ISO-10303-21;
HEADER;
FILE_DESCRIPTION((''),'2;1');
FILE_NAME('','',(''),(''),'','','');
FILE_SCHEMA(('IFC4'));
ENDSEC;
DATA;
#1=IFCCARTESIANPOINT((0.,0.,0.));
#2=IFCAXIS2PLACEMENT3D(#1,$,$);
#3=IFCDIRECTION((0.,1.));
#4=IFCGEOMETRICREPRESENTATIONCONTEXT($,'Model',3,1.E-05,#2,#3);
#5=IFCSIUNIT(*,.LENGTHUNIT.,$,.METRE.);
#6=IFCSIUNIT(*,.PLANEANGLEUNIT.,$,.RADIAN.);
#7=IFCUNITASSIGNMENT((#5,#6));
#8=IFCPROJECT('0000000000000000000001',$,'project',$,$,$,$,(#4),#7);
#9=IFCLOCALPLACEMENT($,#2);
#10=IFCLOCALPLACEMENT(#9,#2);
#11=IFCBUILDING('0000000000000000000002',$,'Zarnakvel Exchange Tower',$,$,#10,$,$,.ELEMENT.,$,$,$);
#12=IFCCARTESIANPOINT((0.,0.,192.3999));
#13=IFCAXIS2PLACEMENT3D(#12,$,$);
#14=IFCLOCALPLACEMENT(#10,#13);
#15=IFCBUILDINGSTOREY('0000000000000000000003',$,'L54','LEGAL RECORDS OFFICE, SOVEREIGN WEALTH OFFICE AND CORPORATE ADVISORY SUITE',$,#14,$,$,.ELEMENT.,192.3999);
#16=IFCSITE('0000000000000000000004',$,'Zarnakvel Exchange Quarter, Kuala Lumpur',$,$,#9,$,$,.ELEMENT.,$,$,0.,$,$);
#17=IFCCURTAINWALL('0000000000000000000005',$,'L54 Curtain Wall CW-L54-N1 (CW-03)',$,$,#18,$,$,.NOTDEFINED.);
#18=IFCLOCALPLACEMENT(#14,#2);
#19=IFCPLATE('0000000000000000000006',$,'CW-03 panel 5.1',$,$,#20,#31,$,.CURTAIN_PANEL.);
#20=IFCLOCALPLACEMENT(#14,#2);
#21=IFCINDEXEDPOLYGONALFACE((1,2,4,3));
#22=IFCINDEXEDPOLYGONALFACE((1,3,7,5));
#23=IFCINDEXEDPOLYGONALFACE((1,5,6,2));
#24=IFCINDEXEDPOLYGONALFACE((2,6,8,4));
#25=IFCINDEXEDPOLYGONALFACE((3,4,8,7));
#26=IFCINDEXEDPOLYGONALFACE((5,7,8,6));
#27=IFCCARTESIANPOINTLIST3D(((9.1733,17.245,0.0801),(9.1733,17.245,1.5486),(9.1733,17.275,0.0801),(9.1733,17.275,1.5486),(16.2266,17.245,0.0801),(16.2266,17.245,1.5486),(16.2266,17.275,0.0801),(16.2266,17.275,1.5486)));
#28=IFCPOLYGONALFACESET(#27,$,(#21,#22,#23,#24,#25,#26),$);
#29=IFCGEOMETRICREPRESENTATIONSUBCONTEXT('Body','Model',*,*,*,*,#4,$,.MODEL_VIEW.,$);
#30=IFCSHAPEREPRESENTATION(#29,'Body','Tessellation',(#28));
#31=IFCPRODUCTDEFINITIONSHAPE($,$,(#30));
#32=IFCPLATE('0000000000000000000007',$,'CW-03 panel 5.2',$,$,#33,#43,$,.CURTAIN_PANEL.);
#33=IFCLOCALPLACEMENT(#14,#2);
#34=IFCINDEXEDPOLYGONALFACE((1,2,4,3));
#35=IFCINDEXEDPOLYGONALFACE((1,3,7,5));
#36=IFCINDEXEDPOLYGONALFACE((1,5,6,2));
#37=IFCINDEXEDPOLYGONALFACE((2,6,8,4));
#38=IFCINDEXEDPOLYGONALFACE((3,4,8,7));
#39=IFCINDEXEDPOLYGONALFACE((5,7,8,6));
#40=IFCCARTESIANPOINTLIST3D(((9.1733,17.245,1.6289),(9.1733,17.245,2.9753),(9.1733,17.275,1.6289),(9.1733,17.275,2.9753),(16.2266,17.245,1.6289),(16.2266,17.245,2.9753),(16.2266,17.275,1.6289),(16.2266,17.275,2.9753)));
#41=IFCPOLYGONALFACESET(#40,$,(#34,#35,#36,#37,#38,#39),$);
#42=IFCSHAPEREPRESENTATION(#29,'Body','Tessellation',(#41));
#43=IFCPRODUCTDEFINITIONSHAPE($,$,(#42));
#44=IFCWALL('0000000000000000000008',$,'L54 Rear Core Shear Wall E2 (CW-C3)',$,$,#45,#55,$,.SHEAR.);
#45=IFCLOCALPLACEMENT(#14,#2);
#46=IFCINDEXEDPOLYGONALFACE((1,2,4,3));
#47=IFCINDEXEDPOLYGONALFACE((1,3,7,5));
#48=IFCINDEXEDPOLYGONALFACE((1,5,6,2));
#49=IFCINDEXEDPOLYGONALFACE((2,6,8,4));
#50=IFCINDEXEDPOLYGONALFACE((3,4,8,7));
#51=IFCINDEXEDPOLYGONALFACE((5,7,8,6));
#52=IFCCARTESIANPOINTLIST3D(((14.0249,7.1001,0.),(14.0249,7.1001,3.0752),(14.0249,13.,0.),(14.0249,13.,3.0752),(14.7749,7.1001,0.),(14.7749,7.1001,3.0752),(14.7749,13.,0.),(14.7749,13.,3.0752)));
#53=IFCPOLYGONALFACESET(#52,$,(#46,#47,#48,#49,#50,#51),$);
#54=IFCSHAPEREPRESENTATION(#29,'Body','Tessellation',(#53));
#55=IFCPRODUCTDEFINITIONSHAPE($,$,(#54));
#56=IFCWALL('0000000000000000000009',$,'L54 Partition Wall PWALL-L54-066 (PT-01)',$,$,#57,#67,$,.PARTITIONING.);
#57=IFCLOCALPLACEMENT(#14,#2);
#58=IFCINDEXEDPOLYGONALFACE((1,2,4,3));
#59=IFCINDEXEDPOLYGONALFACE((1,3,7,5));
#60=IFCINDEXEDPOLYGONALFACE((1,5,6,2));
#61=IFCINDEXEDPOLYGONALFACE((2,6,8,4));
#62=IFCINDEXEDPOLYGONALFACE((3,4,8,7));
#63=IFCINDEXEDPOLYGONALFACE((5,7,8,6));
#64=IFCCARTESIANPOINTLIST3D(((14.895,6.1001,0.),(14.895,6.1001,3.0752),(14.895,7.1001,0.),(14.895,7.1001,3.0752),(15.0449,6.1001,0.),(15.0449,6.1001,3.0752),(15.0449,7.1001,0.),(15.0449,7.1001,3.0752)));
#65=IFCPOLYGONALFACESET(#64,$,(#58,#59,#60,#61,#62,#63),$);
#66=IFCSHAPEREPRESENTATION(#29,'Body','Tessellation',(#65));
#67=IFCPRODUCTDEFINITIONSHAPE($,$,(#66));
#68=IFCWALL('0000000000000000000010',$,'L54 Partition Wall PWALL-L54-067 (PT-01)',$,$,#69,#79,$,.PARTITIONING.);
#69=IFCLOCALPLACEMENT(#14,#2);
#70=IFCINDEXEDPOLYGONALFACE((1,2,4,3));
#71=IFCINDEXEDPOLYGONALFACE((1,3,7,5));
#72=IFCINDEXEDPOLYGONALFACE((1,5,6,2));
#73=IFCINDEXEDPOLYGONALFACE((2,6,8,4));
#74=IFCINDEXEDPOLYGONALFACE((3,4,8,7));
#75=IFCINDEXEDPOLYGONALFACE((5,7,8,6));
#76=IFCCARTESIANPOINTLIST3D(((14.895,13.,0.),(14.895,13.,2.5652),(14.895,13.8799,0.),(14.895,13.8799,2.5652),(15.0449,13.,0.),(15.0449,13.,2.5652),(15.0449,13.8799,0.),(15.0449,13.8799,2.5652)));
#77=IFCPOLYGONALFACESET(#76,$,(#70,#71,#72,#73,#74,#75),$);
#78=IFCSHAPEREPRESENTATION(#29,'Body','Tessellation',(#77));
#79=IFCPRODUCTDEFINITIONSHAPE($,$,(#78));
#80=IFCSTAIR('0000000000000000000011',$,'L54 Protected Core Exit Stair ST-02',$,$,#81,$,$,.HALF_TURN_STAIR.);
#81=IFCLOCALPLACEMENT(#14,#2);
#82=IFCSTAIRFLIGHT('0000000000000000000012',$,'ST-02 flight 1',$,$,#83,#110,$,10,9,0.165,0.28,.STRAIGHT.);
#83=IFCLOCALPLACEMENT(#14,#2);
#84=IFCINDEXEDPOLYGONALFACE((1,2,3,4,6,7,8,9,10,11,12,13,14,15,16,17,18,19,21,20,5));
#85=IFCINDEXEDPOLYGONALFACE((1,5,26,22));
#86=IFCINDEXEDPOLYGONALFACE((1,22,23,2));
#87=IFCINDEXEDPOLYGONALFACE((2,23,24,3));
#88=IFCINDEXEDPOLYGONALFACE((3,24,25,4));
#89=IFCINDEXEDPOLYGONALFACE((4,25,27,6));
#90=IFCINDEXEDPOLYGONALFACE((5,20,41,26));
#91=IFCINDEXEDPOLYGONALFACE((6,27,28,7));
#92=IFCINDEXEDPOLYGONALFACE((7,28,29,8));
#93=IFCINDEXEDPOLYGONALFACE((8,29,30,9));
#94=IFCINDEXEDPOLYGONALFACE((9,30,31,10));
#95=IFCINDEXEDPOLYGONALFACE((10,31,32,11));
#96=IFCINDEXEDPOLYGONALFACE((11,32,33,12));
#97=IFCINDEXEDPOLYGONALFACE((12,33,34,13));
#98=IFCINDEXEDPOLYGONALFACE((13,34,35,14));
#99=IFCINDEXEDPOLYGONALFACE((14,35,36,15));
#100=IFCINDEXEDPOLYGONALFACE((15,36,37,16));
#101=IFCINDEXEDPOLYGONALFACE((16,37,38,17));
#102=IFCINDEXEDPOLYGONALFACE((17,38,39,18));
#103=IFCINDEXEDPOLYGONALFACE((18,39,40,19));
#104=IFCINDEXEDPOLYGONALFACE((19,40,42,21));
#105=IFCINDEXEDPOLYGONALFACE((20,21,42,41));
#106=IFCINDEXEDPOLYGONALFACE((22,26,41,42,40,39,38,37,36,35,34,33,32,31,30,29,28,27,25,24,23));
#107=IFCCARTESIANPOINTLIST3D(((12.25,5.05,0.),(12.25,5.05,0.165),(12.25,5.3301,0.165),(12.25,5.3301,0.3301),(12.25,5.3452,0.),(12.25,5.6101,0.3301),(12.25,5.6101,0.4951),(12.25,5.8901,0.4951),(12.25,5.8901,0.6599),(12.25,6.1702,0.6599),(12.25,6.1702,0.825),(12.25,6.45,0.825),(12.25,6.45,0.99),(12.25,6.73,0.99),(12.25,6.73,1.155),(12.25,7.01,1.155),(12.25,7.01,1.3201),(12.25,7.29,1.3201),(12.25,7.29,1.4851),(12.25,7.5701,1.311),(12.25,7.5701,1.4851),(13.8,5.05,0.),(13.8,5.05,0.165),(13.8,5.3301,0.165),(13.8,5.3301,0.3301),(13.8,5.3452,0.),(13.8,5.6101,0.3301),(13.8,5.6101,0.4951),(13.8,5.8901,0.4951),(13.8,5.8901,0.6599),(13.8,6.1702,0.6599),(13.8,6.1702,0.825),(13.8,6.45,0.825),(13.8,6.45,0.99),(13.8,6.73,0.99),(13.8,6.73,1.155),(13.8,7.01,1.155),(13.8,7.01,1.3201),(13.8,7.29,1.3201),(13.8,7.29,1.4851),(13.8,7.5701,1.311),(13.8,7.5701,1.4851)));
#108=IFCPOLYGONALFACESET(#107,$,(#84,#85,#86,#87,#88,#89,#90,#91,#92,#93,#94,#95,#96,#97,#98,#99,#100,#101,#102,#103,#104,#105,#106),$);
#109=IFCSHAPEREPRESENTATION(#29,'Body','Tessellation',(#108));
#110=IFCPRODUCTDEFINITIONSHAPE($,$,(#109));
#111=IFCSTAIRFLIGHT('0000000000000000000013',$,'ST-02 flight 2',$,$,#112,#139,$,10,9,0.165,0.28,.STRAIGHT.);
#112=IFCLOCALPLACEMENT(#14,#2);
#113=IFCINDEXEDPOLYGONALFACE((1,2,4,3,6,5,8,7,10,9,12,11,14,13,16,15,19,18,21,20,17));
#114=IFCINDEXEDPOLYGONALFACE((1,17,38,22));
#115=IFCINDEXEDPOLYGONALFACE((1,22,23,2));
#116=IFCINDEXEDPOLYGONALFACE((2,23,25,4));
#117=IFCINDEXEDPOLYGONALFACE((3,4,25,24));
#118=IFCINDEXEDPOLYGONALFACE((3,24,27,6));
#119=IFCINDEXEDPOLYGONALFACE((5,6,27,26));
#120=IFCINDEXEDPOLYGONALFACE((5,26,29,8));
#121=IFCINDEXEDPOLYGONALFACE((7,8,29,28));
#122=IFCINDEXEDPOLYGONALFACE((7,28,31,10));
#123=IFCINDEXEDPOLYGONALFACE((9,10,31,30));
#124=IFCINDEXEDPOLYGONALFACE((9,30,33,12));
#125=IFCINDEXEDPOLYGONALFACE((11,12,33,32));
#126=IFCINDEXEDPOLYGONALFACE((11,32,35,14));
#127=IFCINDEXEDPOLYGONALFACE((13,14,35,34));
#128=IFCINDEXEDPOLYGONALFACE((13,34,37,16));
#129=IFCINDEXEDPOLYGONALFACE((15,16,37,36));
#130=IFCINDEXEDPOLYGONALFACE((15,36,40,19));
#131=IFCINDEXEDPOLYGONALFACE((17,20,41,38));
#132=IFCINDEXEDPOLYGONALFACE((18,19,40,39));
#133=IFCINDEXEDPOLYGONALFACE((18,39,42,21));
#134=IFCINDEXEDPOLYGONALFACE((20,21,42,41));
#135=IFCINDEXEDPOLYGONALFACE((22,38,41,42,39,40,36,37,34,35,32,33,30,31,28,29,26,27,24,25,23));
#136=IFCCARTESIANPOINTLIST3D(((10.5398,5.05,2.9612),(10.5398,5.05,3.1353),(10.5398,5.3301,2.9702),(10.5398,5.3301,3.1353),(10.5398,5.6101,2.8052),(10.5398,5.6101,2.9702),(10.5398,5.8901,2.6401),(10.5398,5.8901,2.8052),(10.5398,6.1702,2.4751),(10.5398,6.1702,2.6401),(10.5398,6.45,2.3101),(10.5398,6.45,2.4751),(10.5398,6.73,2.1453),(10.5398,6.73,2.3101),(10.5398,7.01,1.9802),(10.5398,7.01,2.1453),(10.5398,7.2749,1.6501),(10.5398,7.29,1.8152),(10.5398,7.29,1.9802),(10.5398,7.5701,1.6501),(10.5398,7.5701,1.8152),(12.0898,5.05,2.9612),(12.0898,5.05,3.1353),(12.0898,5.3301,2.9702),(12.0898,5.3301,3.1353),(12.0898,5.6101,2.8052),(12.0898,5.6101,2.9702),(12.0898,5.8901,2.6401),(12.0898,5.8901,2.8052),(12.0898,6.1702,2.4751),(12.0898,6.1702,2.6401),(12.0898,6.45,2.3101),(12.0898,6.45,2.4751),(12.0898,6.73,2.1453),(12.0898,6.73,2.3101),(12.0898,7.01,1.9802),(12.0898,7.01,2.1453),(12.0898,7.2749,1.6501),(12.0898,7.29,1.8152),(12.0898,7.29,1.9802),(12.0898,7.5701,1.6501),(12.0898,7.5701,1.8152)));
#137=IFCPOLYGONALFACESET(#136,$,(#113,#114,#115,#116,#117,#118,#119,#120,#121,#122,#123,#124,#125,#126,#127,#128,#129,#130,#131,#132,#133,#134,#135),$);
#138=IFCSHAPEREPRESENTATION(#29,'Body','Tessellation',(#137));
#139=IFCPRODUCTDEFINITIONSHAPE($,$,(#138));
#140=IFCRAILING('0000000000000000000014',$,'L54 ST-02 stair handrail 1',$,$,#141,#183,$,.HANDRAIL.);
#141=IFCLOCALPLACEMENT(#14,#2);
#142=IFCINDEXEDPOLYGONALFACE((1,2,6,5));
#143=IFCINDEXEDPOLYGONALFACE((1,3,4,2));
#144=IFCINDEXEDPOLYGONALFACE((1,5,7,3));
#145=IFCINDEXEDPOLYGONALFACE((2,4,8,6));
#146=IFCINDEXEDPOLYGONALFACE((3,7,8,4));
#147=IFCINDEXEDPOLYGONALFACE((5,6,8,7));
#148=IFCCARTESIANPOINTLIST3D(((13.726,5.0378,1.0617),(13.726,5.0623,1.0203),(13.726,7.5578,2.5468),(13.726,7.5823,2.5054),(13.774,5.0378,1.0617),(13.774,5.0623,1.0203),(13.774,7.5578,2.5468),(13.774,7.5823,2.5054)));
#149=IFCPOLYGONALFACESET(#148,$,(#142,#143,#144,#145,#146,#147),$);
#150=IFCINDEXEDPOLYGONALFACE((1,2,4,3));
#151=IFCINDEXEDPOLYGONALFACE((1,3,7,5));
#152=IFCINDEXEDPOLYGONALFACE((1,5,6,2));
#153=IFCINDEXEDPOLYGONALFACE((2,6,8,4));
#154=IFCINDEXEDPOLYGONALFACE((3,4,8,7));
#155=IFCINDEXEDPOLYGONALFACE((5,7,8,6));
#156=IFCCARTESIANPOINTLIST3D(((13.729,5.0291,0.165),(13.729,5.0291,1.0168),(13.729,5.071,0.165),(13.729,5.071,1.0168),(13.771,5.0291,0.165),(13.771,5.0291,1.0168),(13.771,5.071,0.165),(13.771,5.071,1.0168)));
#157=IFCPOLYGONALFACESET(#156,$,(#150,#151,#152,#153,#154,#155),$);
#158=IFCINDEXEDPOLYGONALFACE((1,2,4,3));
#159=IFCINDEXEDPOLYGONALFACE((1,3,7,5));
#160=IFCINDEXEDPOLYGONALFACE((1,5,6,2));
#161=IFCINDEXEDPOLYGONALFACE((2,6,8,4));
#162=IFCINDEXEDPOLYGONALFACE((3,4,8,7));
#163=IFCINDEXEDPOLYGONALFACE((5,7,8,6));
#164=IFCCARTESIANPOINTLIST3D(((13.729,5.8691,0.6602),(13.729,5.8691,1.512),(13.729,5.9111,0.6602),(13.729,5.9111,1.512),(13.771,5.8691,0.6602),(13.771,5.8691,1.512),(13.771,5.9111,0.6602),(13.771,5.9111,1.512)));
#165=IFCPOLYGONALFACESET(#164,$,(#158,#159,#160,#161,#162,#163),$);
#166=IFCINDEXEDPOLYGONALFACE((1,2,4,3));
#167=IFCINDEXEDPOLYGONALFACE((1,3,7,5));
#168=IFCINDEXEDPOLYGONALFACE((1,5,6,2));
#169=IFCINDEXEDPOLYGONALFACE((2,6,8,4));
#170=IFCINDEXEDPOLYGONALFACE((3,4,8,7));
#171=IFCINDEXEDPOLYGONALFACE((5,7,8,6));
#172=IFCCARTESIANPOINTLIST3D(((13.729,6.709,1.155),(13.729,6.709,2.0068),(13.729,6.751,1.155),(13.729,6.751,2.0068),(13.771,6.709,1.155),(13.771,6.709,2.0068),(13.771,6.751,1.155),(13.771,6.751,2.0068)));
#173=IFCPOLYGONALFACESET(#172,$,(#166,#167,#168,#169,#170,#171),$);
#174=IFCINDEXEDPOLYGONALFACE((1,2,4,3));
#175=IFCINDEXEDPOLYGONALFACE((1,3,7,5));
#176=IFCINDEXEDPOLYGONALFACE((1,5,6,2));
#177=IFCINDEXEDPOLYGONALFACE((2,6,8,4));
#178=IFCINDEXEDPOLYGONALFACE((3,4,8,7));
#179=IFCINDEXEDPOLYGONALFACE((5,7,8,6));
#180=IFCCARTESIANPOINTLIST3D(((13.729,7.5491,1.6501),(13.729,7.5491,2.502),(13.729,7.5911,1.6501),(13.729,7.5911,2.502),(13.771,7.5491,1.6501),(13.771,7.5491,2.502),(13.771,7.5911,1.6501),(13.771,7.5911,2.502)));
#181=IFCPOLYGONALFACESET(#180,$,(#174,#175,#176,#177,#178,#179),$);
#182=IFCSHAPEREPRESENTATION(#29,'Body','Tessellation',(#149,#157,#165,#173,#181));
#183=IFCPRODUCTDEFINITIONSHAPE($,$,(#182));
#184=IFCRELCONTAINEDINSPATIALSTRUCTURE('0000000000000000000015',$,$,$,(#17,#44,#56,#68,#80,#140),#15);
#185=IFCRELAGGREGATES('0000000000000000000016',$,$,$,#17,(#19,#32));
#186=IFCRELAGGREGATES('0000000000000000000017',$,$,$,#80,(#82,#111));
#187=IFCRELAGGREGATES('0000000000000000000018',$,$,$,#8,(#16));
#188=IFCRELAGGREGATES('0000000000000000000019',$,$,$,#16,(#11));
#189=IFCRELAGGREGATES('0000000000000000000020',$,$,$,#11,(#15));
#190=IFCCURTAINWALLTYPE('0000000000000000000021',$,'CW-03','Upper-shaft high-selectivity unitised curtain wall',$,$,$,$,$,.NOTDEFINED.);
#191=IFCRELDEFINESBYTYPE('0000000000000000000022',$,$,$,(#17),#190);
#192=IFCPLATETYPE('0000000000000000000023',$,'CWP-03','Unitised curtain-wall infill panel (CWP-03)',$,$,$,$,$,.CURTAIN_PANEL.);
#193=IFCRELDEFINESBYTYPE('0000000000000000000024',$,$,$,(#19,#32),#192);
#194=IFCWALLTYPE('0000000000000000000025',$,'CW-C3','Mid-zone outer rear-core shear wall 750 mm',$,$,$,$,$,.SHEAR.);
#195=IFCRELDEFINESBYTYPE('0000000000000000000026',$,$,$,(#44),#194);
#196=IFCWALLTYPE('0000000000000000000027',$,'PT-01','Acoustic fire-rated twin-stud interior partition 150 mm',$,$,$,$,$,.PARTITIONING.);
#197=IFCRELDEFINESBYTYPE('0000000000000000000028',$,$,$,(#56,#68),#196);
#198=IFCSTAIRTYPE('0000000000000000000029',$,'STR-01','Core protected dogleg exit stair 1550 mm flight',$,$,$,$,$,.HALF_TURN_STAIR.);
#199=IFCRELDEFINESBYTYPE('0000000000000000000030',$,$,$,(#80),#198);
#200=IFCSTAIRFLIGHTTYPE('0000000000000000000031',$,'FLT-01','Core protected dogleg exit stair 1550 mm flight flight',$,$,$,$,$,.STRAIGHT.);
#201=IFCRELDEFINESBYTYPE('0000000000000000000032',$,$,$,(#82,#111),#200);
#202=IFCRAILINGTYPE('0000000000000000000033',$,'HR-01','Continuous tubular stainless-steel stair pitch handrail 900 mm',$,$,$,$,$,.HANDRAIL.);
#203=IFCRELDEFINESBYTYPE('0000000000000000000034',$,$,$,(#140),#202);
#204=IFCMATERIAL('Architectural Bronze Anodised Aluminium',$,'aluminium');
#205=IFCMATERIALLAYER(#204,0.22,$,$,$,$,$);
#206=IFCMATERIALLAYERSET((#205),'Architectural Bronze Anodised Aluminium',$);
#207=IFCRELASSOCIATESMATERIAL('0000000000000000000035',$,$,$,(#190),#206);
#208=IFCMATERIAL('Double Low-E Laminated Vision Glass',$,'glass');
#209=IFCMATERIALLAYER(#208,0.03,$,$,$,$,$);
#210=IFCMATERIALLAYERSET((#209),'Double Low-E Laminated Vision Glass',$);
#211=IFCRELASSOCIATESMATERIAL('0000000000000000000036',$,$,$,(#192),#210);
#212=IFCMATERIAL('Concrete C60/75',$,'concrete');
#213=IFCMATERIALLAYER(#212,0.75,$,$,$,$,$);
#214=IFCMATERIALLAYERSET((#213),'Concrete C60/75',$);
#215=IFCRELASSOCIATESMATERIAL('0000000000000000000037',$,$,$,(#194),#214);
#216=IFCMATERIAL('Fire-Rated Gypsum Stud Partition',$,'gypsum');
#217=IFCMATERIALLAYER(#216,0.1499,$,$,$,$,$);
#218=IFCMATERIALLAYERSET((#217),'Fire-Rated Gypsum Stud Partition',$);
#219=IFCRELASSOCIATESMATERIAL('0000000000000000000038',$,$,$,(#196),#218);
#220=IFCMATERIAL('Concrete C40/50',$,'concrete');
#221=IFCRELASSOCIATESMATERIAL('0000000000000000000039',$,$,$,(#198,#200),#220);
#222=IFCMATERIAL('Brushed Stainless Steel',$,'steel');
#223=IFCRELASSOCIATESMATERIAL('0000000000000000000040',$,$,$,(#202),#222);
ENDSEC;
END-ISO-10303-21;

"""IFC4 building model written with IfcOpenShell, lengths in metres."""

from ifc_helpers import new_model, si_unit, direction, frame, frame_2d, origin, origin_2d, place, context, subcontext, project, spatial, polyline, rectangle, outline, extrude, source, transform, mapped, material, layer, layer_set, type_object, element, aggregate, save


model = new_model("IFC4")

# Units and contexts
model_context = context("Model", 3, precision=1e-05, world=origin(), true_north=direction((0.0, 1.0)))
body_context = subcontext(model_context, "Body", "Model", "MODEL_VIEW")
ifc_project = project(units=[si_unit("LENGTHUNIT", "METRE"), si_unit("PLANEANGLEUNIT", "RADIAN")], contexts=[model_context])

# Site, building, storey
site_placement = place(None, origin())
site = spatial("IfcSite", under=ifc_project, at=site_placement, Name="Zarnakvel Exchange Quarter, Kuala Lumpur", CompositionType="ELEMENT", RefElevation=0.0)
building_placement = place(site_placement, origin())
building = spatial("IfcBuilding", under=site, at=building_placement, Name="Zarnakvel Exchange Tower", CompositionType="ELEMENT")
storey_placement = place(building_placement, frame((0.0, 0.0, 192.3999)))
storey = spatial("IfcBuildingStorey", under=building, at=storey_placement, Name="L54", Description="LEGAL RECORDS OFFICE, SOVEREIGN WEALTH OFFICE AND CORPORATE ADVISORY SUITE", CompositionType="ELEMENT", Elevation=192.3999)

# Shared definitions
ifc_material_1 = material(Name="Concrete C60/75", Category="concrete")

# Curtain wall, plates
ifc_material_2 = material(Name="Architectural Bronze Anodised Aluminium", Category="aluminium")
ifc_layer_1 = layer(ifc_material_2, 0.22)
ifc_layer_set_1 = layer_set([ifc_layer_1], Name="Architectural Bronze Anodised Aluminium")
curtain_wall_type = type_object("IfcCurtainWallType", Name="CW-03", Description="Upper-shaft high-selectivity unitised curtain wall", PredefinedType="NOTDEFINED", material=ifc_layer_set_1)
curtain_wall_placement = place(storey_placement, origin())
curtain_wall = element("IfcCurtainWall", 1, at=curtain_wall_placement, inside=storey, type_object=curtain_wall_type, Name="L54 Curtain Wall CW-L54-N1 (CW-03)", PredefinedType="NOTDEFINED")
ifc_material_3 = material(Name="Double Low-E Laminated Vision Glass", Category="glass")
ifc_layer_2 = layer(ifc_material_3, 0.03)
ifc_layer_set_2 = layer_set([ifc_layer_2], Name="Double Low-E Laminated Vision Glass")
plate_type = type_object("IfcPlateType", Name="CWP-03", Description="Unitised curtain-wall infill panel (CWP-03)", PredefinedType="CURTAIN_PANEL", material=ifc_layer_set_2)
shared_shape_1 = source(origin(), body_context, "Body", "SweptSolid", [
    extrude(rectangle(XDim=7.0532, YDim=0.03, at=origin_2d()), origin(), (0.0, 0.0, 1.0), 1.4685),
])
plate_1_placement = place(storey_placement, frame((12.7, 17.26, 0.0801), z_axis=(0.0, 0.0, 1.0), x_axis=(1.0, 0.0, 0.0)))
plate_1 = element("IfcPlate", 2, at=plate_1_placement, type_object=plate_type, Name="CW-03 panel 5.1", PredefinedType="CURTAIN_PANEL", context=body_context, shape_type="MappedRepresentation", body=[
    mapped(shared_shape_1, transform((0.0, 0.0, 0.0), x_axis=(1.0, 0.0, 0.0), y_axis=(0.0, 1.0, 0.0), z_axis=(0.0, 0.0, 1.0), scale=1.0)),
])
shared_shape_2 = source(origin(), body_context, "Body", "SweptSolid", [
    extrude(rectangle(XDim=7.0532, YDim=0.03, at=origin_2d()), origin(), (0.0, 0.0, 1.0), 1.3464),
])
plate_2_placement = place(storey_placement, frame((12.7, 17.26, 1.6289), z_axis=(0.0, 0.0, 1.0), x_axis=(1.0, 0.0, 0.0)))
plate_2 = element("IfcPlate", 3, at=plate_2_placement, type_object=plate_type, Name="CW-03 panel 5.2", PredefinedType="CURTAIN_PANEL", context=body_context, shape_type="MappedRepresentation", body=[
    mapped(shared_shape_2, transform((0.0, 0.0, 0.0), x_axis=(1.0, 0.0, 0.0), y_axis=(0.0, 1.0, 0.0), z_axis=(0.0, 0.0, 1.0), scale=1.0)),
])
aggregate(curtain_wall, [plate_1, plate_2])

# Walls
ifc_layer_3 = layer(ifc_material_1, 0.75)
ifc_layer_set_3 = layer_set([ifc_layer_3], Name="Concrete C60/75")
wall_type_1 = type_object("IfcWallType", Name="CW-C3", Description="Mid-zone outer rear-core shear wall 750 mm", PredefinedType="SHEAR", material=ifc_layer_set_3)
wall_1_placement = place(storey_placement, frame((14.3999, 7.1001, 0.0), z_axis=(0.0, 0.0, 1.0), x_axis=(0.0, 1.0, 0.0)))
element("IfcWall", 4, at=wall_1_placement, inside=storey, type_object=wall_type_1, Name="L54 Rear Core Shear Wall E2 (CW-C3)", PredefinedType="SHEAR", context=body_context, shape_type="SweptSolid", body=[
    extrude(rectangle(XDim=5.8999, YDim=0.75, at=frame_2d((2.95, 0.0))), origin(), (0.0, 0.0, 1.0), 3.0752),
])
ifc_material_4 = material(Name="Fire-Rated Gypsum Stud Partition", Category="gypsum")
ifc_layer_4 = layer(ifc_material_4, 0.1499)
ifc_layer_set_4 = layer_set([ifc_layer_4], Name="Fire-Rated Gypsum Stud Partition")
wall_type_2 = type_object("IfcWallType", Name="PT-01", Description="Acoustic fire-rated twin-stud interior partition 150 mm", PredefinedType="PARTITIONING", material=ifc_layer_set_4)
wall_2_placement = place(storey_placement, frame((14.97, 6.1001, 0.0), z_axis=(0.0, 0.0, 1.0), x_axis=(0.0, 1.0, 0.0)))
element("IfcWall", 5, at=wall_2_placement, inside=storey, type_object=wall_type_2, Name="L54 Partition Wall PWALL-L54-066 (PT-01)", PredefinedType="PARTITIONING", context=body_context, shape_type="SweptSolid", body=[
    extrude(rectangle(XDim=1.0, YDim=0.1499, at=frame_2d((0.5, 0.0))), origin(), (0.0, 0.0, 1.0), 3.0752),
])
wall_3_placement = place(storey_placement, frame((14.97, 13.0, 0.0), z_axis=(0.0, 0.0, 1.0), x_axis=(0.0, 1.0, 0.0)))
element("IfcWall", 6, at=wall_3_placement, inside=storey, type_object=wall_type_2, Name="L54 Partition Wall PWALL-L54-067 (PT-01)", PredefinedType="PARTITIONING", context=body_context, shape_type="SweptSolid", body=[
    extrude(rectangle(XDim=0.8799, YDim=0.1499, at=frame_2d((0.4399, 0.0))), origin(), (0.0, 0.0, 1.0), 2.5652),
])

# Shared definitions
ifc_material_5 = material(Name="Concrete C40/50", Category="concrete")

# Stair, stair flights
stair_type = type_object("IfcStairType", Name="STR-01", Description="Core protected dogleg exit stair 1550 mm flight", PredefinedType="HALF_TURN_STAIR", material=ifc_material_5)
stair_placement = place(storey_placement, origin())
stair = element("IfcStair", 7, at=stair_placement, inside=storey, type_object=stair_type, Name="L54 Protected Core Exit Stair ST-02", PredefinedType="HALF_TURN_STAIR")
stair_flight_type = type_object("IfcStairFlightType", Name="FLT-01", Description="Core protected dogleg exit stair 1550 mm flight flight", PredefinedType="STRAIGHT", material=ifc_material_5)
stair_flight_1_placement = place(storey_placement, frame((13.0249, 5.05, 0.0), z_axis=(0.0, 0.0, 1.0), x_axis=(0.0, 1.0, 0.0)))
stair_flight_1 = element("IfcStairFlight", 8, at=stair_flight_1_placement, type_object=stair_flight_type, Name="ST-02 flight 1", NumberOfRisers=10, NumberOfTreads=9, PredefinedType="STRAIGHT", RiserHeight=0.165, TreadLength=0.28, context=body_context, shape_type="SweptSolid", body=[
    extrude(outline(polyline([(0.0, 0.0), (0.0, 0.165), (0.28, 0.165), (0.28, 0.3301), (0.5601, 0.3301), (0.5601, 0.4951), (0.8401, 0.4951), (0.8401, 0.6599), (1.1201, 0.6599), (1.1201, 0.825), (1.3999, 0.825), (1.3999, 0.99), (1.6799, 0.99), (1.6799, 1.155), (1.96, 1.155), (1.96, 1.3201), (2.24, 1.3201), (2.24, 1.4851), (2.52, 1.4851), (2.52, 1.6499), (2.52, 1.311), (0.2952, 0.0), (0.0, 0.0)])), frame((0.0, 0.7749, 0.0), z_axis=(0.0, -1.0, 0.0), x_axis=(1.0, 0.0, 0.0)), (0.0, 0.0, 1.0), 1.55),
])
stair_flight_2_placement = place(storey_placement, frame((11.3149, 7.5701, 1.6501), z_axis=(0.0, 0.0, 1.0), x_axis=(0.0, -1.0, 0.0)))
stair_flight_2 = element("IfcStairFlight", 9, at=stair_flight_2_placement, type_object=stair_flight_type, Name="ST-02 flight 2", NumberOfRisers=10, NumberOfTreads=9, PredefinedType="STRAIGHT", RiserHeight=0.165, TreadLength=0.28, context=body_context, shape_type="SweptSolid", body=[
    extrude(outline(polyline([(0.0, 0.0), (0.0, 0.165), (0.28, 0.165), (0.28, 0.3301), (0.5601, 0.3301), (0.5601, 0.4951), (0.8401, 0.4951), (0.8401, 0.6599), (1.1201, 0.6599), (1.1201, 0.825), (1.3999, 0.825), (1.3999, 0.99), (1.6799, 0.99), (1.6799, 1.155), (1.96, 1.155), (1.96, 1.3201), (2.24, 1.3201), (2.24, 1.4851), (2.52, 1.4851), (2.52, 1.6499), (2.52, 1.311), (0.2952, 0.0), (0.0, 0.0)])), frame((0.0, 0.7749, 0.0), z_axis=(0.0, -1.0, 0.0), x_axis=(1.0, 0.0, 0.0)), (0.0, 0.0, 1.0), 1.55),
])
aggregate(stair, [stair_flight_1, stair_flight_2])

# Railing
ifc_material_6 = material(Name="Brushed Stainless Steel", Category="steel")
railing_type_1 = type_object("IfcRailingType", Name="HR-01", Description="Continuous tubular stainless-steel stair pitch handrail 900 mm", PredefinedType="HANDRAIL", material=ifc_material_6)
railing_1_placement = place(storey_placement, frame((13.75, 5.05, 0.165)))
element("IfcRailing", 10, at=railing_1_placement, inside=storey, type_object=railing_type_1, Name="L54 ST-02 stair handrail 1", PredefinedType="HANDRAIL", context=body_context, shape_type="SweptSolid", body=[
    extrude(rectangle(XDim=0.0481, YDim=0.0481, at=origin_2d()), frame((0.0, 0.0, 0.876), z_axis=(0.0, 0.861524, 0.507717), x_axis=(-1.0, 0.0, 0.0)), (0.0, 0.0, 1.0), 2.925),
    extrude(rectangle(XDim=0.042, YDim=0.042, at=origin_2d()), origin(), (0.0, 0.0, 1.0), 0.8518),
    extrude(rectangle(XDim=0.042, YDim=0.042, at=origin_2d()), frame((0.0, 0.8401, 0.4951)), (0.0, 0.0, 1.0), 0.8518),
    extrude(rectangle(XDim=0.042, YDim=0.042, at=origin_2d()), frame((0.0, 1.6799, 0.99)), (0.0, 0.0, 1.0), 0.8518),
    extrude(rectangle(XDim=0.042, YDim=0.042, at=origin_2d()), frame((0.0, 2.52, 1.4851)), (0.0, 0.0, 1.0), 0.8518),
])

save(model, "model.ifc")
